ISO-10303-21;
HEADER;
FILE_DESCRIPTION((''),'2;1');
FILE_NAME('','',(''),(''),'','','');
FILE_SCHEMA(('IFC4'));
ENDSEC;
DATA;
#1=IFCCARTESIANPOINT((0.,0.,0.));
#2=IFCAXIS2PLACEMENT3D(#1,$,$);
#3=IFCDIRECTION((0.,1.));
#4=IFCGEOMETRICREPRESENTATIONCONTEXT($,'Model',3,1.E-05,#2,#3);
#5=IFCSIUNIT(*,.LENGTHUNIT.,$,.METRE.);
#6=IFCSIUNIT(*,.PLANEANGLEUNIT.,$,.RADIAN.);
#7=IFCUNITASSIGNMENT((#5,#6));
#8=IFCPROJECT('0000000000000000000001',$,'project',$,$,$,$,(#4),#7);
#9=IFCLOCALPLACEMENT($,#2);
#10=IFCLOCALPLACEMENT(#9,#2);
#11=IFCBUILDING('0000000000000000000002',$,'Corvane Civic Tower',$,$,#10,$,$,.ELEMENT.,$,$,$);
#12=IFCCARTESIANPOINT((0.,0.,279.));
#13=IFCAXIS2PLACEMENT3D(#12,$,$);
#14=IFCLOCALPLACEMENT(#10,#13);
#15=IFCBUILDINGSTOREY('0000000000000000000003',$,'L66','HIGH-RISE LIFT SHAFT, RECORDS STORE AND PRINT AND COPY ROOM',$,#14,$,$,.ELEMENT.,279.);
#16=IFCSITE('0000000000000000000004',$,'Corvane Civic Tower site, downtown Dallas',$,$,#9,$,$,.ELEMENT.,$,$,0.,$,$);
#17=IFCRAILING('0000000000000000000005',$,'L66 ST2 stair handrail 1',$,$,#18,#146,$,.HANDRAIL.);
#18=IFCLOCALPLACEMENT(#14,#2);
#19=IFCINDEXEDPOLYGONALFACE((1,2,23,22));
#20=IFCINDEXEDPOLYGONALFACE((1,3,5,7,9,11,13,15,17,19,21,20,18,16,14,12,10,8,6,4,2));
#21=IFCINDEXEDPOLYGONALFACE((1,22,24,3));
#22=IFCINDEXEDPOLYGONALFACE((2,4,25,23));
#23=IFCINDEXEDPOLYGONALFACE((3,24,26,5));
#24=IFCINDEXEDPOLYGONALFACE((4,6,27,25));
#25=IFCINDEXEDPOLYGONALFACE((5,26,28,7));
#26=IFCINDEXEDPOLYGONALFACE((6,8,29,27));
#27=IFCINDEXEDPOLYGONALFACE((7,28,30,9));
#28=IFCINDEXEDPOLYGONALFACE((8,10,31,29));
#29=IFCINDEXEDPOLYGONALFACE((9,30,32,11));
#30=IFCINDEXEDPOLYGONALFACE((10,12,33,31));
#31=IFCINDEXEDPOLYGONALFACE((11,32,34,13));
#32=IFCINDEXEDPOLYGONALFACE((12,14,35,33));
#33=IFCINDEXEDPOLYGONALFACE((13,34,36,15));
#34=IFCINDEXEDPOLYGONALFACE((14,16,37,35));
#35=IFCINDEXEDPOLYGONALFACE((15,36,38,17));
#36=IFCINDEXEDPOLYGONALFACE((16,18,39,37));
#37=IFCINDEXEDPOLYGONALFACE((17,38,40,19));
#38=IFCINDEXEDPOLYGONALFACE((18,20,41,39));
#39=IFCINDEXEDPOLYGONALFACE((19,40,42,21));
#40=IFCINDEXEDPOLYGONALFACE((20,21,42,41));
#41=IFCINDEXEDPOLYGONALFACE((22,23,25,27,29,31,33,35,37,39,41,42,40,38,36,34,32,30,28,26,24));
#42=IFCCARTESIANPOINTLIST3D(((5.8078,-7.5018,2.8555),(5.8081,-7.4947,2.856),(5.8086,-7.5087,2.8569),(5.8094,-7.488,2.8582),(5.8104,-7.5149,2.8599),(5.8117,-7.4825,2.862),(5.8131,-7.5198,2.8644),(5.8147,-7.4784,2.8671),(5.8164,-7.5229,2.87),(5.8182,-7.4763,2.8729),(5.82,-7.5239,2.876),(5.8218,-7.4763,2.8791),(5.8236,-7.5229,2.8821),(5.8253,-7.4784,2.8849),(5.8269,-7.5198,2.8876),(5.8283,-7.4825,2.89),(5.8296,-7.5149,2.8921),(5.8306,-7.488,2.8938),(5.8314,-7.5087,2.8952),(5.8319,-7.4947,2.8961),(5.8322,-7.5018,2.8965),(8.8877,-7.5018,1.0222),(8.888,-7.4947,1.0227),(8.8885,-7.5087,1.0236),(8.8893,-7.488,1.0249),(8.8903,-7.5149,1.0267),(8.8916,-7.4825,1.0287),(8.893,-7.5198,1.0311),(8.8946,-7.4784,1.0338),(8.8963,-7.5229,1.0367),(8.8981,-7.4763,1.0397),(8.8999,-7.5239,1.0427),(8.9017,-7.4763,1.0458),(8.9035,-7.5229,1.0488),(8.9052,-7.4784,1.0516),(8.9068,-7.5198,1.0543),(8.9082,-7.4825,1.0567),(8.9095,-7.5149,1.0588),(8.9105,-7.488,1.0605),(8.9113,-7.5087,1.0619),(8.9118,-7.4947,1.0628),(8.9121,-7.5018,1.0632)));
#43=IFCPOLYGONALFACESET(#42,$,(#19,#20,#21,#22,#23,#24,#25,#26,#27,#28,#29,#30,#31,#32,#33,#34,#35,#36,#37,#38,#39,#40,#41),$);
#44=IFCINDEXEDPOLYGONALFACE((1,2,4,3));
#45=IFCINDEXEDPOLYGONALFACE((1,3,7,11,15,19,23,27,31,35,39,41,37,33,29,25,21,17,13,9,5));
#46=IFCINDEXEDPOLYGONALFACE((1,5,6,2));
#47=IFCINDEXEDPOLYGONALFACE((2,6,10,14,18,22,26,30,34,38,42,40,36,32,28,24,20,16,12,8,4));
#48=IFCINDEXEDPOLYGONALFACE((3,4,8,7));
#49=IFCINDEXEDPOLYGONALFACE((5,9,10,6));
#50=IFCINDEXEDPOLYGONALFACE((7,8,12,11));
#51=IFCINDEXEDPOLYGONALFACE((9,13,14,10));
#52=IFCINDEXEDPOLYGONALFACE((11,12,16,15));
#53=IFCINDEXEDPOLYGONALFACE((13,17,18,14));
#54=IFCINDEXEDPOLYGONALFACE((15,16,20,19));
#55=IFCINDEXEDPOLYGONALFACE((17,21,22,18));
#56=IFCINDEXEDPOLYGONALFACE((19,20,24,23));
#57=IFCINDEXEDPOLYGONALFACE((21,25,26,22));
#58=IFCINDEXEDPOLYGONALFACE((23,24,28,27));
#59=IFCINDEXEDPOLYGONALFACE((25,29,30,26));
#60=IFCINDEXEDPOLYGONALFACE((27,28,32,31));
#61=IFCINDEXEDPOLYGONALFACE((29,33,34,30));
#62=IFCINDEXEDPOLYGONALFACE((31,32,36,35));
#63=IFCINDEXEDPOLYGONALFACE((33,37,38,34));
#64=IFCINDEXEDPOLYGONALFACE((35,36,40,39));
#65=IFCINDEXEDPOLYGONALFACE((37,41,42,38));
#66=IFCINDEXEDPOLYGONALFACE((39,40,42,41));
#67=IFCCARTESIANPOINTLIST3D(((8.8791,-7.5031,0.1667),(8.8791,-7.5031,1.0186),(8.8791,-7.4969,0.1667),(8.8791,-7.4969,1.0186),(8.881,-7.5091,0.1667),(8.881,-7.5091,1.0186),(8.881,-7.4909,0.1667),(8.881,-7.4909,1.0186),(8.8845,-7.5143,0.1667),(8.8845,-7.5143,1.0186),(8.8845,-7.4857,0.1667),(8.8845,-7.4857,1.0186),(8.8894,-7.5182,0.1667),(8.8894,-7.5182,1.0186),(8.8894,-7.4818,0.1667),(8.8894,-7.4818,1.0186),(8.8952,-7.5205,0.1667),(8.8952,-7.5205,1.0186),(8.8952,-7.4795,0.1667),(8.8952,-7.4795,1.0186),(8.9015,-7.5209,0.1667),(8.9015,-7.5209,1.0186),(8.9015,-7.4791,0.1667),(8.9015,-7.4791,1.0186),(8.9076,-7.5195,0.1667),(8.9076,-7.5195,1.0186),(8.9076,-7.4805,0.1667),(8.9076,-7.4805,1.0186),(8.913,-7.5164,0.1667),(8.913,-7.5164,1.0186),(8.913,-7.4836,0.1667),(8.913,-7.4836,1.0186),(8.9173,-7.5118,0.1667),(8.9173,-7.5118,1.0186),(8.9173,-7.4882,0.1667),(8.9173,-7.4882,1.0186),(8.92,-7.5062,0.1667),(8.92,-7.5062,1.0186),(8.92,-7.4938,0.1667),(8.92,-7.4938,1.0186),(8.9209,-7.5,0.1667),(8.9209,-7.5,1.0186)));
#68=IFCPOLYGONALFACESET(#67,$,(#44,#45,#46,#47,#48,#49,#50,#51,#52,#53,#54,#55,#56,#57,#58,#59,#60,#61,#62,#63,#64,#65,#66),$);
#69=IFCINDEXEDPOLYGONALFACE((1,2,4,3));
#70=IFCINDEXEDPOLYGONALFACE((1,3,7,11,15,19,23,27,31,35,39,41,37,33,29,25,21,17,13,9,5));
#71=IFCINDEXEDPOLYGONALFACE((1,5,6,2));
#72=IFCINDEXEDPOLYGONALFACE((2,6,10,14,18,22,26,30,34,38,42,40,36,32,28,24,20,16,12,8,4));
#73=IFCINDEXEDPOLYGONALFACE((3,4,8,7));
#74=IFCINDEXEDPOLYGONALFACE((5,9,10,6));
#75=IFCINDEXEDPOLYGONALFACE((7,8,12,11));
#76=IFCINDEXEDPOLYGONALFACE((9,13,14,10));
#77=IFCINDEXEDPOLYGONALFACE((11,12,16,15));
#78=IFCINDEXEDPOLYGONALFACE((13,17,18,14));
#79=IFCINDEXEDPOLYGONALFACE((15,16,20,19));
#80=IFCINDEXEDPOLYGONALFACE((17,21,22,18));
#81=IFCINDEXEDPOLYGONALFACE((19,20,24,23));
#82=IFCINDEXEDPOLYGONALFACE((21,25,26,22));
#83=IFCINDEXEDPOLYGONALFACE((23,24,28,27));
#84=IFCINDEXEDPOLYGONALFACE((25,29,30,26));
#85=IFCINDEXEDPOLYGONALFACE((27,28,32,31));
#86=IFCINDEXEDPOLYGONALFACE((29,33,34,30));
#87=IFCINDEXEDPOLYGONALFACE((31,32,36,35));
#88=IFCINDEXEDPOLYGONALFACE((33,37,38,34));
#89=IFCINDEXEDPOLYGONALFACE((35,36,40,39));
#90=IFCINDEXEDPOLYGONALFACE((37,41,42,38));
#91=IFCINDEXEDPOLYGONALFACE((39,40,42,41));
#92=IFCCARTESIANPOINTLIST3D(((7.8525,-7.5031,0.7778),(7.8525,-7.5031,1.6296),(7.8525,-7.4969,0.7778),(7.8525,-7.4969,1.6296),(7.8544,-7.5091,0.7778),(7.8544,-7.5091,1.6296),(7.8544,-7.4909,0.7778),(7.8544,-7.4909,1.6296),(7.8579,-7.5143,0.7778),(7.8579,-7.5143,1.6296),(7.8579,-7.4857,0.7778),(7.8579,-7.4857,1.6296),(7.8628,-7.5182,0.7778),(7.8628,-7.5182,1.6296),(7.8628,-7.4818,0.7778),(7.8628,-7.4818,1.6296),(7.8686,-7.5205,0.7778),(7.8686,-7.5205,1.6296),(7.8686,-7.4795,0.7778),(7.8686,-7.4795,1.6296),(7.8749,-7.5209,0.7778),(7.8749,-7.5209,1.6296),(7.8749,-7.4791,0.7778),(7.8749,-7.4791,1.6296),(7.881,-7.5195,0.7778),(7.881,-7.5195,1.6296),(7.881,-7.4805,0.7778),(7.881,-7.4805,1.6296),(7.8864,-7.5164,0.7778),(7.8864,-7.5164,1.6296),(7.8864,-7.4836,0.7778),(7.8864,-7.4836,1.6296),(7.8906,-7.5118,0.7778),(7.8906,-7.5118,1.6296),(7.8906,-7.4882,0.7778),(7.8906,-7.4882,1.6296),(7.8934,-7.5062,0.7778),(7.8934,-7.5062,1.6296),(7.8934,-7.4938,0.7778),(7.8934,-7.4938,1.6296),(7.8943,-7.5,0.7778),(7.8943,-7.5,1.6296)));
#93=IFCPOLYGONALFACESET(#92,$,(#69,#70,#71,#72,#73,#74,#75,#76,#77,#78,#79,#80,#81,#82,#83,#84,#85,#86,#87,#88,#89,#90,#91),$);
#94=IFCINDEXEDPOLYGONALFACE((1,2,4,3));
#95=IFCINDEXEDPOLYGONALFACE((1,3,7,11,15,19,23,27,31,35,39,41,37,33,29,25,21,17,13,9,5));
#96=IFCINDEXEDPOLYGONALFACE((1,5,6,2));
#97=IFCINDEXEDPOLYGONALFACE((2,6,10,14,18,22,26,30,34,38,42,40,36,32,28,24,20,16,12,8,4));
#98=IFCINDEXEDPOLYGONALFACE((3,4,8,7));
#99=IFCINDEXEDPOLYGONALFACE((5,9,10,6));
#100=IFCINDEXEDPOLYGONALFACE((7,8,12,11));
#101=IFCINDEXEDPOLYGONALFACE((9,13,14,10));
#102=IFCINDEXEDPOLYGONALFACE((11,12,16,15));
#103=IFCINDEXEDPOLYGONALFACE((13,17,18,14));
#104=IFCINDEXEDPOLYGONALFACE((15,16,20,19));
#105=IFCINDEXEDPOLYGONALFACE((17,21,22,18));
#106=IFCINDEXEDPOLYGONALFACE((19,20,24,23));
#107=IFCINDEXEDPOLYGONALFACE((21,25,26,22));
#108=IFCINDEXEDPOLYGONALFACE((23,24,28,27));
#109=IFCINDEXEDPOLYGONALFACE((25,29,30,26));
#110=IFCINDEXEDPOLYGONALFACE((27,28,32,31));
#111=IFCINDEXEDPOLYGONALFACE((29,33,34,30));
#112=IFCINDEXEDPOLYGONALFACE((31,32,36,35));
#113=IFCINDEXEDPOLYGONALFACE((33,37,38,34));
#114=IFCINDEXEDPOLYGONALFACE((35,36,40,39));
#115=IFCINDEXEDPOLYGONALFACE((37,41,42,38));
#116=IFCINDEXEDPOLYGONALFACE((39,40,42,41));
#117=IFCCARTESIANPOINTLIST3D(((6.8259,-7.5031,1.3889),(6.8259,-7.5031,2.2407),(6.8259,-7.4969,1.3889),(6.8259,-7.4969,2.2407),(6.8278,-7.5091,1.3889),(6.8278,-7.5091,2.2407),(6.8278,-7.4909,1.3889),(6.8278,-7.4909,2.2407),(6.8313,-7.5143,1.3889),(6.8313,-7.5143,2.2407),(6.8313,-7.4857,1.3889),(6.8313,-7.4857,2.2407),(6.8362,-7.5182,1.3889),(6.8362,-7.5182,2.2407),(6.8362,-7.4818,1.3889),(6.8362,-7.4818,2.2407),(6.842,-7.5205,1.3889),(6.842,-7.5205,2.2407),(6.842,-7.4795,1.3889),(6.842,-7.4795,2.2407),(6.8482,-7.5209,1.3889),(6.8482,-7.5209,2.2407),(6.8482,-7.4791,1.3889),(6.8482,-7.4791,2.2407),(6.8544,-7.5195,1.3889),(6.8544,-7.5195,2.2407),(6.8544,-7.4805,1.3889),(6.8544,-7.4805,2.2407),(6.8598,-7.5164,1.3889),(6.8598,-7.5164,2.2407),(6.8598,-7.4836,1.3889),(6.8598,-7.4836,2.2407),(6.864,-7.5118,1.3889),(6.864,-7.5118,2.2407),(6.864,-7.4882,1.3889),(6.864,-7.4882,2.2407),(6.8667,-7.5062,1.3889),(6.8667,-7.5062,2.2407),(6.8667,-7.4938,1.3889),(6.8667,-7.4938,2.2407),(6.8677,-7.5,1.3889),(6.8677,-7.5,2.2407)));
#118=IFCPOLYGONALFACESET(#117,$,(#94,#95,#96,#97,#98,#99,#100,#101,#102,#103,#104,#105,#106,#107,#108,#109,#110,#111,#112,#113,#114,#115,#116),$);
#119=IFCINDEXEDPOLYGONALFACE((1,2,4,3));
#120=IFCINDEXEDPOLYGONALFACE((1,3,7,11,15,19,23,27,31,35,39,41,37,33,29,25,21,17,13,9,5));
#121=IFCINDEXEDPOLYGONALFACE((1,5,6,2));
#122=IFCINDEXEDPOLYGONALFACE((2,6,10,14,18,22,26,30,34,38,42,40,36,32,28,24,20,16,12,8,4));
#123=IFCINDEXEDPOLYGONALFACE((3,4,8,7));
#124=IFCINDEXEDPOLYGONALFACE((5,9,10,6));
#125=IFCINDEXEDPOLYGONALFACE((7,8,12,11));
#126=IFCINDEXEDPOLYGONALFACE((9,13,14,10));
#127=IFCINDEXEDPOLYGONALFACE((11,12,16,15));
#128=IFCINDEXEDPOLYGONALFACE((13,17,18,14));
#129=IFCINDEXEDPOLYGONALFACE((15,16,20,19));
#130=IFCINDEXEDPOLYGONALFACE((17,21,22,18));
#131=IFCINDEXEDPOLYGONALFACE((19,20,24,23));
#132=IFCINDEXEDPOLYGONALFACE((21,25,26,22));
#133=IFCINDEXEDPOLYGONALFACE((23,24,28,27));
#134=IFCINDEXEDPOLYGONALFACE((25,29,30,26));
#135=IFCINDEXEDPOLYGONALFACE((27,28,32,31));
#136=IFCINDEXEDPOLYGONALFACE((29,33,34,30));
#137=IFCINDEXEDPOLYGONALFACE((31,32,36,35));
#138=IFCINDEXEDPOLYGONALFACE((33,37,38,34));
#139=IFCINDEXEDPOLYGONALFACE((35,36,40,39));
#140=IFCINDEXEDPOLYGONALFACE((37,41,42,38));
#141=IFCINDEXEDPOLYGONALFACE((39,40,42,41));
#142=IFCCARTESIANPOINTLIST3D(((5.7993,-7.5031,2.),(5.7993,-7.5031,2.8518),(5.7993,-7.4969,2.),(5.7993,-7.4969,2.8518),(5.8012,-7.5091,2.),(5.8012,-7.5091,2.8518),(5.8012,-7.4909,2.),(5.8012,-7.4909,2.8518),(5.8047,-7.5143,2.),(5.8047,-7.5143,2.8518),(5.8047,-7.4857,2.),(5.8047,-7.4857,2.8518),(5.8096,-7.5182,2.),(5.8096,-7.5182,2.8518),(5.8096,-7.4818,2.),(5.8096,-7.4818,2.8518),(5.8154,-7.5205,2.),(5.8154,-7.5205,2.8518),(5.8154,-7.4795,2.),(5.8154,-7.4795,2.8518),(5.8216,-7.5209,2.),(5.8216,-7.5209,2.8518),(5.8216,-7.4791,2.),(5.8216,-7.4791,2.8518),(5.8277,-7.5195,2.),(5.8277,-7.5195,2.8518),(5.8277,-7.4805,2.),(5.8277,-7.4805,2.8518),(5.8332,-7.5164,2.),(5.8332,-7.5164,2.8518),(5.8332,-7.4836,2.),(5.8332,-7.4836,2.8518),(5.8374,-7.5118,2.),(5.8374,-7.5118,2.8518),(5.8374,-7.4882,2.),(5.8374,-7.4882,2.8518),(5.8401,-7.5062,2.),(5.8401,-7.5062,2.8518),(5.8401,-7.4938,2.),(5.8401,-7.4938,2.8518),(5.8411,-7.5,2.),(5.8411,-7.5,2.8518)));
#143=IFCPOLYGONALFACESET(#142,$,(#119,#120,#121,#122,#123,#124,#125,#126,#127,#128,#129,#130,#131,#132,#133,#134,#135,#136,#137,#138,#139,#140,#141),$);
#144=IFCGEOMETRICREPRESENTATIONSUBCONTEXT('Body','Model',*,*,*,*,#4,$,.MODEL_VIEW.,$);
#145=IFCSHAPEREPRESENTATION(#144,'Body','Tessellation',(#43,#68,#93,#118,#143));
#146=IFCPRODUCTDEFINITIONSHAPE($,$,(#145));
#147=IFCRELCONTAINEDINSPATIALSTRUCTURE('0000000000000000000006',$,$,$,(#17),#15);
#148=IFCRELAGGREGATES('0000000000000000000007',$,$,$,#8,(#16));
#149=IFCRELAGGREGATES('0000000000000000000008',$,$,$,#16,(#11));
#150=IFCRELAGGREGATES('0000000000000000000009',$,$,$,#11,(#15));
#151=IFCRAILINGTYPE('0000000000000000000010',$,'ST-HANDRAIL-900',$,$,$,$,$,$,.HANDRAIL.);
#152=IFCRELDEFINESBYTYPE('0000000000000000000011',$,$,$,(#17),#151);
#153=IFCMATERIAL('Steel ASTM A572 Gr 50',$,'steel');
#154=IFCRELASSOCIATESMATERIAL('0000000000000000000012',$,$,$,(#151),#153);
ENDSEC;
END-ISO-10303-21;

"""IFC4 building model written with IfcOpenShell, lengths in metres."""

from ifc_helpers import new_model, si_unit, direction, frame, origin, origin_2d, place, context, subcontext, project, spatial, circle, extrude, material, type_object, element, save


model = new_model("IFC4")

# Units and contexts
model_context = context("Model", 3, precision=1e-05, world=origin(), true_north=direction((0.0, 1.0)))
body_context = subcontext(model_context, "Body", "Model", "MODEL_VIEW")
ifc_project = project(units=[si_unit("LENGTHUNIT", "METRE"), si_unit("PLANEANGLEUNIT", "RADIAN")], contexts=[model_context])

# Site, building, storey
site_placement = place(None, origin())
site = spatial("IfcSite", under=ifc_project, at=site_placement, Name="Corvane Civic Tower site, downtown Dallas", CompositionType="ELEMENT", RefElevation=0.0)
building_placement = place(site_placement, origin())
building = spatial("IfcBuilding", under=site, at=building_placement, Name="Corvane Civic Tower", CompositionType="ELEMENT")
storey_placement = place(building_placement, frame((0.0, 0.0, 279.0)))
storey = spatial("IfcBuildingStorey", under=building, at=storey_placement, Name="L66", Description="HIGH-RISE LIFT SHAFT, RECORDS STORE AND PRINT AND COPY ROOM", CompositionType="ELEMENT", Elevation=279.0)

# Railing
ifc_material_1 = material(Name="Steel ASTM A572 Gr 50", Category="steel")
railing_type_1 = type_object("IfcRailingType", Name="ST-HANDRAIL-900", PredefinedType="HANDRAIL", material=ifc_material_1)
railing_1_placement = place(storey_placement, frame((8.8999, -7.5, 0.1667)))
element("IfcRailing", 1, at=railing_1_placement, inside=storey, type_object=railing_type_1, Name="L66 ST2 stair handrail 1", PredefinedType="HANDRAIL", context=body_context, shape_type="SweptSolid", body=[
    extrude(circle(Radius=0.0239, at=origin_2d()), frame((0.0, 0.0, 0.876), z_axis=(-0.859291, 0.0, 0.511487), x_axis=(0.0, -1.0, 0.0)), (0.0, 0.0, 1.0), 3.5842),
    extrude(circle(Radius=0.021, at=origin_2d()), origin(), (0.0, 0.0, 1.0), 0.8518),
    extrude(circle(Radius=0.021, at=origin_2d()), frame((-1.0266, 0.0, 0.6111)), (0.0, 0.0, 1.0), 0.8518),
    extrude(circle(Radius=0.021, at=origin_2d()), frame((-2.0532, 0.0, 1.2222)), (0.0, 0.0, 1.0), 0.8518),
    extrude(circle(Radius=0.021, at=origin_2d()), frame((-3.0798, 0.0, 1.8333)), (0.0, 0.0, 1.0), 0.8518),
])

save(model, "model.ifc")
